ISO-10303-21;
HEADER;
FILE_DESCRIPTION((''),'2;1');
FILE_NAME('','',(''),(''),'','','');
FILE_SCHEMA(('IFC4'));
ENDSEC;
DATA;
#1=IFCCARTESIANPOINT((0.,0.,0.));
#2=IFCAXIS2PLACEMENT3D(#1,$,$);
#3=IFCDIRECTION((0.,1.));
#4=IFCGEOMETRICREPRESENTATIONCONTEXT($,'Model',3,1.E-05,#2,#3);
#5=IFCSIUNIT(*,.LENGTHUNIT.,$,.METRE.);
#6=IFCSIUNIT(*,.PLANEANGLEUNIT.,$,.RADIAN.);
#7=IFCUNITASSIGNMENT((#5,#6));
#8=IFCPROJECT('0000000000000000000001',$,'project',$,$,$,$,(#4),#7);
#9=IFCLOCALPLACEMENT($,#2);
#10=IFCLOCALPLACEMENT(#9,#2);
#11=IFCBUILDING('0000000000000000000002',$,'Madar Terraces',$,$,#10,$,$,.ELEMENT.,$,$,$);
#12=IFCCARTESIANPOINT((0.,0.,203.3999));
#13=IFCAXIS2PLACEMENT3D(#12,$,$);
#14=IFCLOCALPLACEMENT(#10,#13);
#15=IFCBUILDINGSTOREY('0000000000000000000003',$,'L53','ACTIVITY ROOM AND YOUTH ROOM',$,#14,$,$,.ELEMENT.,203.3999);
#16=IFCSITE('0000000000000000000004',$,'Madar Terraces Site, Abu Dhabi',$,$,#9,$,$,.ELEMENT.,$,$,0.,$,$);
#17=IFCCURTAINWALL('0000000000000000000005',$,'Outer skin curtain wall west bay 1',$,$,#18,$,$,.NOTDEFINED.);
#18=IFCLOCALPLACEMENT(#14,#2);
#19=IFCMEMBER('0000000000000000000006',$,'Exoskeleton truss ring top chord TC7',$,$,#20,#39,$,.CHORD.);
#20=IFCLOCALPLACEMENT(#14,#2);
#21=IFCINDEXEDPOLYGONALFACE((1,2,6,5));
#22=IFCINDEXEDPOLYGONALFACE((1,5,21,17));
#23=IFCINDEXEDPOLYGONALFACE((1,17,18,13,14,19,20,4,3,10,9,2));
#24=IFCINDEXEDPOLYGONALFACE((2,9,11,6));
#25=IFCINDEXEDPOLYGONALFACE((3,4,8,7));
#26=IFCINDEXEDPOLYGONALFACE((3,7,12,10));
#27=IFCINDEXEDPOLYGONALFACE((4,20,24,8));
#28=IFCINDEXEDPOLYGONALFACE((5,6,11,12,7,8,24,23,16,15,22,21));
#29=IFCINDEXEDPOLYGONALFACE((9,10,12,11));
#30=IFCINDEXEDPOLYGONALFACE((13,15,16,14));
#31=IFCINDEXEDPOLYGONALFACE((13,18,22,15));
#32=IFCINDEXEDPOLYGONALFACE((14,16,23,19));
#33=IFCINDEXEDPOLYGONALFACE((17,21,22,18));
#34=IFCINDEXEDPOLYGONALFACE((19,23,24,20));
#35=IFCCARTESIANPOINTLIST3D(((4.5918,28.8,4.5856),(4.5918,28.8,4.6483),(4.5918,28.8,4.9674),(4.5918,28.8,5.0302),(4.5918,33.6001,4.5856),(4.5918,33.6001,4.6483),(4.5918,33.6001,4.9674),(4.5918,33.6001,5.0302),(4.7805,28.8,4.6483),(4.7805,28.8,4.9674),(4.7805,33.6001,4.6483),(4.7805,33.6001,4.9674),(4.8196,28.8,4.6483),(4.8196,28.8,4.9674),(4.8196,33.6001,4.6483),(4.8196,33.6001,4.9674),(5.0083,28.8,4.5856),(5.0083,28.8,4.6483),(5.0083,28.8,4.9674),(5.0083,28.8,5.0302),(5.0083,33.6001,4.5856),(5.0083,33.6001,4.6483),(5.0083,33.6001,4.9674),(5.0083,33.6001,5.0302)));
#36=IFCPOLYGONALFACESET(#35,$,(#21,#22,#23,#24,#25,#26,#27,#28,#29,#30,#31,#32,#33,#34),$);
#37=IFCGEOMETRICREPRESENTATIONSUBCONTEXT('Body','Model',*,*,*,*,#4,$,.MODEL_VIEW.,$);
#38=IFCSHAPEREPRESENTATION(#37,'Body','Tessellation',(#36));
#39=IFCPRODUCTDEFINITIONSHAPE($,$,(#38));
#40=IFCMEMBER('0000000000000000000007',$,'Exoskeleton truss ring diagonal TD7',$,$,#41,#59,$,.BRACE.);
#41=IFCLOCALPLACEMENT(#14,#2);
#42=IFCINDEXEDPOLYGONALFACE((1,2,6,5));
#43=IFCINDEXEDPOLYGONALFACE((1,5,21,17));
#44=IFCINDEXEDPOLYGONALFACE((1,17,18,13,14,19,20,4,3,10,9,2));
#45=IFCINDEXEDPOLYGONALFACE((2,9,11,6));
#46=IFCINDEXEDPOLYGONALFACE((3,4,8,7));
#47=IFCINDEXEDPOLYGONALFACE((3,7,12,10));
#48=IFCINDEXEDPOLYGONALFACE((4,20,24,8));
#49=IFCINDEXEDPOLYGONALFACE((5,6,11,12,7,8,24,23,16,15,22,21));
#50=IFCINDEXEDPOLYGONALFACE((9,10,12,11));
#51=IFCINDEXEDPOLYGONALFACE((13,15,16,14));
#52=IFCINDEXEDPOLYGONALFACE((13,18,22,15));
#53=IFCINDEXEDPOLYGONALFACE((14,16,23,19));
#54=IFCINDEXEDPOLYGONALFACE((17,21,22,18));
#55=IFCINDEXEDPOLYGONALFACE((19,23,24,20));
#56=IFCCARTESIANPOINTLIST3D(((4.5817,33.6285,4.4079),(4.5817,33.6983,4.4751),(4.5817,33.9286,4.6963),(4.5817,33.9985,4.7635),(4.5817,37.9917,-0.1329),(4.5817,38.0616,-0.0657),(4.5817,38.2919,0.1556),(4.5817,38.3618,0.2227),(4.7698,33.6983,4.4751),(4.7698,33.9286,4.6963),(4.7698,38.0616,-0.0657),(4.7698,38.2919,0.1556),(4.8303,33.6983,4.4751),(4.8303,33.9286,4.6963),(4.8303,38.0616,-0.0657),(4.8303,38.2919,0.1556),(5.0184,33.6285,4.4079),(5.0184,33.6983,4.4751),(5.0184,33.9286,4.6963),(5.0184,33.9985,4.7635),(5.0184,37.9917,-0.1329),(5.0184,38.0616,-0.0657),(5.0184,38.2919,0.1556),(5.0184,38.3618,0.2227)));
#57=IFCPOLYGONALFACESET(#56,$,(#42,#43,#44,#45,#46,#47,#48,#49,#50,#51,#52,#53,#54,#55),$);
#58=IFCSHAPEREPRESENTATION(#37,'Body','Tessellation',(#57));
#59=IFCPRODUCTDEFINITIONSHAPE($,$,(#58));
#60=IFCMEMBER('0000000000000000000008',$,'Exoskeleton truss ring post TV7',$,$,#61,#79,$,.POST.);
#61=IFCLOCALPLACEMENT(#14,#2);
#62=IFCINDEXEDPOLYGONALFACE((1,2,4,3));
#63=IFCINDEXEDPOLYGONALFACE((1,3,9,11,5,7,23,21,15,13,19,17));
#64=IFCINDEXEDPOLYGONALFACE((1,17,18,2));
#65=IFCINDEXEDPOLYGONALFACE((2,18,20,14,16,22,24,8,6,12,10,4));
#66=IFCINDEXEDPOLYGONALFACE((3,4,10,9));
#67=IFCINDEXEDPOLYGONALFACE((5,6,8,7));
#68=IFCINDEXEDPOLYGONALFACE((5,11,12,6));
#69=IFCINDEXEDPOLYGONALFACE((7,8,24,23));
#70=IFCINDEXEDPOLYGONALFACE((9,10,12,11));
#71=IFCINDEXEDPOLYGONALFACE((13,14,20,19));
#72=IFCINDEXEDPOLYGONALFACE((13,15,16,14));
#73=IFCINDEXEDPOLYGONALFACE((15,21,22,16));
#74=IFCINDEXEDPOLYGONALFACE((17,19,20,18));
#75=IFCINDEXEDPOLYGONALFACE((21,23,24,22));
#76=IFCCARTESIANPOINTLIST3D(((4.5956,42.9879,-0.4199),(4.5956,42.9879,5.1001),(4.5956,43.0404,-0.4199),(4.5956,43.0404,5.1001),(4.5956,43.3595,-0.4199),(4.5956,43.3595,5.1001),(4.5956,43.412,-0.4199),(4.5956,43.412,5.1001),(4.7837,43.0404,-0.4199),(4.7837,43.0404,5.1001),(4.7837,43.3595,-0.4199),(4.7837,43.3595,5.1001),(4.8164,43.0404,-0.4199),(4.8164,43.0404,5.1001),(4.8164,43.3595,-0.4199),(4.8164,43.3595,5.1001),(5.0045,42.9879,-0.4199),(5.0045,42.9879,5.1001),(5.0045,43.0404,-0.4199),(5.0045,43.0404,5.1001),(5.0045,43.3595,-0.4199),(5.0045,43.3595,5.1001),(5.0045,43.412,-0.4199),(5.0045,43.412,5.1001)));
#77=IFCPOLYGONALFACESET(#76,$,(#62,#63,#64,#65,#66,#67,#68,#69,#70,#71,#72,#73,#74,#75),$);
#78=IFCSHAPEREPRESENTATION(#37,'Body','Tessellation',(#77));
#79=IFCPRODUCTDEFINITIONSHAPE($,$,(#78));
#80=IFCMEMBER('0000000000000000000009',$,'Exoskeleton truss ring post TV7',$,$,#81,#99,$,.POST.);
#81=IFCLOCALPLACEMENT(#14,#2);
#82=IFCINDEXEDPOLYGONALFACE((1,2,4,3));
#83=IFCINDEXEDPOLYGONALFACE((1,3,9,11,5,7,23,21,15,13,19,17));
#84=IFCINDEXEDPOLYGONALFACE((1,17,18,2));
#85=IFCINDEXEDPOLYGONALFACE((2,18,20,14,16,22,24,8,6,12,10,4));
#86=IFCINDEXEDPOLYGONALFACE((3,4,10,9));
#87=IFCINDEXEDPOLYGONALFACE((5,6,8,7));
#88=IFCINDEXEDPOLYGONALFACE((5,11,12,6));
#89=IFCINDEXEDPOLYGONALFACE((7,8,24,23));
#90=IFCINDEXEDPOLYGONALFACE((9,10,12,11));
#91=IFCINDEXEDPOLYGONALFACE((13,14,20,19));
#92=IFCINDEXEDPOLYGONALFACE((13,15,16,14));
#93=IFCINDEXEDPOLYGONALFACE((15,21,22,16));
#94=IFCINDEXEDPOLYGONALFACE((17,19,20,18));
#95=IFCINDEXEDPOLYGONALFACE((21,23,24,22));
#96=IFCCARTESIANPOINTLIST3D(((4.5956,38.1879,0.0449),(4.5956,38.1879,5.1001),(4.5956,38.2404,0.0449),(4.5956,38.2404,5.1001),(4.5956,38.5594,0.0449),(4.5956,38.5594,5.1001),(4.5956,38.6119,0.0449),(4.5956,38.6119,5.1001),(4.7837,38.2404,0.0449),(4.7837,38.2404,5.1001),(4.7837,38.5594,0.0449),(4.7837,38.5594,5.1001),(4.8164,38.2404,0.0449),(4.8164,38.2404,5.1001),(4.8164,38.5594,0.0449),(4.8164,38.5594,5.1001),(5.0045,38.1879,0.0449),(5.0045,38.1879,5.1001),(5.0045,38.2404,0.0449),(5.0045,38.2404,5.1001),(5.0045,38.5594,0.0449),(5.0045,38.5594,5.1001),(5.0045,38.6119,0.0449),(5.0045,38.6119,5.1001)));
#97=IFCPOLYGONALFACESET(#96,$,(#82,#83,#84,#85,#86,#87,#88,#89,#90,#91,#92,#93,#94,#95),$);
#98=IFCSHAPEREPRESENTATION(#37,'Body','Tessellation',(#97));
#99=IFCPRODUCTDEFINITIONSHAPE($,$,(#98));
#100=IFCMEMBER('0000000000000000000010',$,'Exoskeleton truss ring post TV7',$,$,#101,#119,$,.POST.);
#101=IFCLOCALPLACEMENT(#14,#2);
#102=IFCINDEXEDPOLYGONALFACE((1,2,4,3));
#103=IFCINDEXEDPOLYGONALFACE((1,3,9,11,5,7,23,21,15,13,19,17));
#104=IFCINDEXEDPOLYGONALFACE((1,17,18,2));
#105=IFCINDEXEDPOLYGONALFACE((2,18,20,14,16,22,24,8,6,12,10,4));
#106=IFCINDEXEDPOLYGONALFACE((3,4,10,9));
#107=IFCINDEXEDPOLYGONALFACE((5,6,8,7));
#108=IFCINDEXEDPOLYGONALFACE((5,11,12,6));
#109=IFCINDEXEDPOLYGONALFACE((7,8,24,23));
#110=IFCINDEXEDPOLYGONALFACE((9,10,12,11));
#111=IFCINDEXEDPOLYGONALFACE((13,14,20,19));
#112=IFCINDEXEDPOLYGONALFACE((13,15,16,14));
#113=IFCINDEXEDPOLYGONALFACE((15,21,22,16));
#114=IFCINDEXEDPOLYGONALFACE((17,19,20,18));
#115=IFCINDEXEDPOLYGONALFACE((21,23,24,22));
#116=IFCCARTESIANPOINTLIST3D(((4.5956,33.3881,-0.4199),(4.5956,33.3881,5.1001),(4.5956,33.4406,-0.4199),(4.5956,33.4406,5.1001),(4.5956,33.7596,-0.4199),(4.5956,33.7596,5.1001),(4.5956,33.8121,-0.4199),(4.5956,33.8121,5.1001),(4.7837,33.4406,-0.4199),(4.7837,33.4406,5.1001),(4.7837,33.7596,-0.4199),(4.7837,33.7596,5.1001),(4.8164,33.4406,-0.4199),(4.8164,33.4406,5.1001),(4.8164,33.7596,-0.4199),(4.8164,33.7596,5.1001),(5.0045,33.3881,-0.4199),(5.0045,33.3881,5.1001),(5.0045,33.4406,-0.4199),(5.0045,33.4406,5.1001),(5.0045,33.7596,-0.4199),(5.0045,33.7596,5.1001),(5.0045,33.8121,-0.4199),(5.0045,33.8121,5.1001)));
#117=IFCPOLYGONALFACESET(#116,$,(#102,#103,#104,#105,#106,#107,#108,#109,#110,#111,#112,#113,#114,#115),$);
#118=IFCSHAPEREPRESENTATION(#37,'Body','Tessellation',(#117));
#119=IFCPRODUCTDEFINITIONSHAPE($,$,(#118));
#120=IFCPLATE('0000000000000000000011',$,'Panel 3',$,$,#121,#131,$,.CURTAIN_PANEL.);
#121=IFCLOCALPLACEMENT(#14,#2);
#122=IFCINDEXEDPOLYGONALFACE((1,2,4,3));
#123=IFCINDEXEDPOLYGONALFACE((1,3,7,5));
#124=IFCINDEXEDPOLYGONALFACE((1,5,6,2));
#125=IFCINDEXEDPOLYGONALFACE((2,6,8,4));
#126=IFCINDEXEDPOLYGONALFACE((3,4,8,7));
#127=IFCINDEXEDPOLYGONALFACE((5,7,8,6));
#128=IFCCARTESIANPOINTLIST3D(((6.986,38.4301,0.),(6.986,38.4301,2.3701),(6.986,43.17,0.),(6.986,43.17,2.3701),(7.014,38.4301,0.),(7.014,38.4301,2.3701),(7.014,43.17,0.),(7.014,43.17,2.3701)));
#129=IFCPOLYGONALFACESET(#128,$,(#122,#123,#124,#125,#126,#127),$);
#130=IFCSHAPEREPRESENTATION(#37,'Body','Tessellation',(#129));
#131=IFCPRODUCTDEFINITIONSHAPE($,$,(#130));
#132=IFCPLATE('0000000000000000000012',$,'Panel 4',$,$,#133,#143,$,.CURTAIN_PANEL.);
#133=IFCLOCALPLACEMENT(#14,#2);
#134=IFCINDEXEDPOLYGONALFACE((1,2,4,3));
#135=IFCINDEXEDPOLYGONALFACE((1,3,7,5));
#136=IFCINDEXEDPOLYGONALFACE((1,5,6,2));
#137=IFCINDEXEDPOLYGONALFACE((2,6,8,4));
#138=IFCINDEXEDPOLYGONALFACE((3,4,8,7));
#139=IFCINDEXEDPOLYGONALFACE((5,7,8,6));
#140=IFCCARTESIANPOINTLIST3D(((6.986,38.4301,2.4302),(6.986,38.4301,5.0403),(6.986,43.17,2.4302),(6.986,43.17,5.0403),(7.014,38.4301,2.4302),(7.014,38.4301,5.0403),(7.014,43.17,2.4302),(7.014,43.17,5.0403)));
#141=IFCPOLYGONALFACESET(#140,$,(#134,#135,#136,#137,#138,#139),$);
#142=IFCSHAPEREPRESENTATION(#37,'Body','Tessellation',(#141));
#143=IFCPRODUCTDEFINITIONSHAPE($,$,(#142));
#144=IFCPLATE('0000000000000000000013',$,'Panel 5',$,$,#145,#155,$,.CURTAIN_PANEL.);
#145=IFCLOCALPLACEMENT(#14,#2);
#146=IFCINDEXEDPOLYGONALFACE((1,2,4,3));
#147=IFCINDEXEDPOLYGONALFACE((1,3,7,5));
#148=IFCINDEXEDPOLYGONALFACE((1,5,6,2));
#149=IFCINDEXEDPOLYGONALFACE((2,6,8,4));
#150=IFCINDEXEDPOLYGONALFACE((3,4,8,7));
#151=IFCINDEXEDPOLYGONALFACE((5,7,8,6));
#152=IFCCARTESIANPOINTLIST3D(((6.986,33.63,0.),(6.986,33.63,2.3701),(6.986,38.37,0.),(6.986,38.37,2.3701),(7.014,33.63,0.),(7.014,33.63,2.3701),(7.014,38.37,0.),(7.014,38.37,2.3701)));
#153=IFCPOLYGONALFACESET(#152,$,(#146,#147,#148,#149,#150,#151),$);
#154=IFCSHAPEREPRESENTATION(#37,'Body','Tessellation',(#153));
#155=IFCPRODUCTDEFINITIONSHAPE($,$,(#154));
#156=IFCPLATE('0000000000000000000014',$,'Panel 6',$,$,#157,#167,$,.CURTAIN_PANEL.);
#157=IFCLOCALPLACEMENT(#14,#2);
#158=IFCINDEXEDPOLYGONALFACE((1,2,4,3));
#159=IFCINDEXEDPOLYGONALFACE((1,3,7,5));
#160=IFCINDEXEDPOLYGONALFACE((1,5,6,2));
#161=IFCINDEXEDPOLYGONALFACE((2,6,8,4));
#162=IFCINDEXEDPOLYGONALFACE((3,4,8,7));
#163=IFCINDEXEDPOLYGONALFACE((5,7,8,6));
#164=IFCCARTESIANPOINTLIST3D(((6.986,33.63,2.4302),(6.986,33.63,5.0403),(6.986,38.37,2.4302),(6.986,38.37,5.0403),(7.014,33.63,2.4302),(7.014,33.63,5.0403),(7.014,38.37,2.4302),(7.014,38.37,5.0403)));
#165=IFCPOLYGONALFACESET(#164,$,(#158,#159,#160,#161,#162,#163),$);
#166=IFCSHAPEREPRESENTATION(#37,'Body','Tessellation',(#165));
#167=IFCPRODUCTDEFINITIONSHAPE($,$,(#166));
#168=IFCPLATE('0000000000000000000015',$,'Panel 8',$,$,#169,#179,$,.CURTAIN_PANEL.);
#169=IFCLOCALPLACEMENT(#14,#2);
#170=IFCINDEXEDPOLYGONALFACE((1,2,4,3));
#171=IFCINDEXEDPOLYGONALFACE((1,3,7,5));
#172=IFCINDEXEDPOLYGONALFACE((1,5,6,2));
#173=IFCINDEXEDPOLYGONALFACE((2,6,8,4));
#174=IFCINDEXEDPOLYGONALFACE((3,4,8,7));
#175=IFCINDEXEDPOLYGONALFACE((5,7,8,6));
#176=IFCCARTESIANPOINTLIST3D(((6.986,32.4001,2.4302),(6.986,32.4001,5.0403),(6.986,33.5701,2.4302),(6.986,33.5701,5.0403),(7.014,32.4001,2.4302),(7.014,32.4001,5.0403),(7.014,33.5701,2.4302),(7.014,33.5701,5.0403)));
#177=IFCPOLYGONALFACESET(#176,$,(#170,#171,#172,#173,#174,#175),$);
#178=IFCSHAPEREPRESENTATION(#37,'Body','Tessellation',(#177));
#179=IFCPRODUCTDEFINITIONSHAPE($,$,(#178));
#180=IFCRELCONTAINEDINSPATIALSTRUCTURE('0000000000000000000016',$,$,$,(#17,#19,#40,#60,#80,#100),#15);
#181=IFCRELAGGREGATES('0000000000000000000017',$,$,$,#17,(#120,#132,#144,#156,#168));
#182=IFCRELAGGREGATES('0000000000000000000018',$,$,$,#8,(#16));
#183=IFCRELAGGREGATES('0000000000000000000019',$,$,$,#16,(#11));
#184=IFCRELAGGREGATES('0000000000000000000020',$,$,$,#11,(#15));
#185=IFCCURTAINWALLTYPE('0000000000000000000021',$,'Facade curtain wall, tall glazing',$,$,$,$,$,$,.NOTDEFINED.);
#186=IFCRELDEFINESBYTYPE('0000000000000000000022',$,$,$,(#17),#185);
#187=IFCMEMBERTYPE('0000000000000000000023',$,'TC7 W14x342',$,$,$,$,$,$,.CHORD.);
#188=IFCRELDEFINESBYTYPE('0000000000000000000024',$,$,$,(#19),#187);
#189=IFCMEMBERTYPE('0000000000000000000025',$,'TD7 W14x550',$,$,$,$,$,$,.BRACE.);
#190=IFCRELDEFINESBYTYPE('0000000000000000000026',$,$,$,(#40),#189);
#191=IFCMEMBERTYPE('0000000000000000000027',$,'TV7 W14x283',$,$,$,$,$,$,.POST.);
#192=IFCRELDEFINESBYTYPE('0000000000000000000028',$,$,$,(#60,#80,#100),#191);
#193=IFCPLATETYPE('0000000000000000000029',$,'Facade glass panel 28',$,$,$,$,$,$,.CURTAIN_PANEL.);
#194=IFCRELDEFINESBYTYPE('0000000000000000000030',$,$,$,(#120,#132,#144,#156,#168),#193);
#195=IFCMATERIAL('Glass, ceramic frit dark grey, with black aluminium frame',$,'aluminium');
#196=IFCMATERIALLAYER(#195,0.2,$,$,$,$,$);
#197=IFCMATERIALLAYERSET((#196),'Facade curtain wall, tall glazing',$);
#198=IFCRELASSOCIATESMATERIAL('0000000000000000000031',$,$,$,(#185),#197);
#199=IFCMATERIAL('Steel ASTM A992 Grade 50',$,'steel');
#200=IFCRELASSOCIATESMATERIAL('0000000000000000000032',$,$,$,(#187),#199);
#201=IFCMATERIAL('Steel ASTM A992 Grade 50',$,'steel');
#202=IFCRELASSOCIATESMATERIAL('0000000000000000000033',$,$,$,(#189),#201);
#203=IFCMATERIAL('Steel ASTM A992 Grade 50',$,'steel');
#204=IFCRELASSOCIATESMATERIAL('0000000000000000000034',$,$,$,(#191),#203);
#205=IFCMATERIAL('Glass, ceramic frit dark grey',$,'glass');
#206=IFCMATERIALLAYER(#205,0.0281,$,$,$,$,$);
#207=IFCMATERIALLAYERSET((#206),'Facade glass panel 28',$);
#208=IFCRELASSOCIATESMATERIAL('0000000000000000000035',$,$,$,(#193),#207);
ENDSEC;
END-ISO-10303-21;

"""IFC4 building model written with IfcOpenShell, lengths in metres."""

from ifc_helpers import new_model, si_unit, direction, frame, origin, origin_2d, place, context, subcontext, project, spatial, rectangle, i_section, extrude, material, layer, layer_set, material_profile, profile_set, type_object, element, aggregate, save


model = new_model("IFC4")

# Units and contexts
model_context = context("Model", 3, precision=1e-05, world=origin(), true_north=direction((0.0, 1.0)))
body_context = subcontext(model_context, "Body", "Model", "MODEL_VIEW")
ifc_project = project(units=[si_unit("LENGTHUNIT", "METRE"), si_unit("PLANEANGLEUNIT", "RADIAN")], contexts=[model_context])

# Site, building, storey
site_placement = place(None, origin())
site = spatial("IfcSite", under=ifc_project, at=site_placement, Name="Madar Terraces Site, Abu Dhabi", CompositionType="ELEMENT", RefElevation=0.0)
building_placement = place(site_placement, origin())
building = spatial("IfcBuilding", under=site, at=building_placement, Name="Madar Terraces", CompositionType="ELEMENT")
storey_placement = place(building_placement, frame((0.0, 0.0, 203.3999)))
storey = spatial("IfcBuildingStorey", under=building, at=storey_placement, Name="L53", Description="ACTIVITY ROOM AND YOUTH ROOM", CompositionType="ELEMENT", Elevation=203.3999)

# Curtain wall
ifc_material_1 = material(Name="Glass, ceramic frit dark grey, with black aluminium frame", Category="aluminium")
ifc_layer_1 = layer(ifc_material_1, 0.2)
ifc_layer_set_1 = layer_set([ifc_layer_1], Name="Facade curtain wall, tall glazing")
curtain_wall_type = type_object("IfcCurtainWallType", Name="Facade curtain wall, tall glazing", PredefinedType="NOTDEFINED", material=ifc_layer_set_1)
curtain_wall_placement = place(storey_placement, origin())
curtain_wall = element("IfcCurtainWall", 1, at=curtain_wall_placement, inside=storey, type_object=curtain_wall_type, Name="Outer skin curtain wall west bay 1", PredefinedType="NOTDEFINED")

# Members
ifc_material_2 = material(Name="Steel ASTM A992 Grade 50", Category="steel")
ifc_material_profile_1 = material_profile(ifc_material_2, i_section(OverallWidth=0.4165, OverallDepth=0.4446, WebThickness=0.0391, FlangeThickness=0.0627, at=origin_2d()), Name="W14x342")
ifc_profile_set_1 = profile_set([ifc_material_profile_1], Name="Steel ASTM A992 Grade 50")
member_type_1 = type_object("IfcMemberType", Name="TC7 W14x342", PredefinedType="CHORD", material=ifc_profile_set_1)
member_1_placement = place(storey_placement, frame((4.8, 33.6001, 4.8079), z_axis=(0.0, -1.0, 0.0), x_axis=(1.0, 0.0, 0.0)))
element("IfcMember", 2, at=member_1_placement, inside=storey, type_object=member_type_1, Name="Exoskeleton truss ring top chord TC7", PredefinedType="CHORD", context=body_context, shape_type="SweptSolid", body=[
    extrude(i_section(OverallWidth=0.4165, OverallDepth=0.4446, WebThickness=0.0391, FlangeThickness=0.0627, at=origin_2d()), origin(), (0.0, 0.0, 1.0), 4.8),
])
ifc_material_3 = material(Name="Steel ASTM A992 Grade 50", Category="steel")
ifc_material_profile_2 = material_profile(ifc_material_3, i_section(OverallWidth=0.4368, OverallDepth=0.5132, WebThickness=0.0605, FlangeThickness=0.0969, at=origin_2d()), Name="W14x550")
ifc_profile_set_2 = profile_set([ifc_material_profile_2], Name="Steel ASTM A992 Grade 50")
member_type_2 = type_object("IfcMemberType", Name="TD7 W14x550", PredefinedType="BRACE", material=ifc_profile_set_2)
member_2_placement = place(storey_placement, frame((4.8, 38.1768, 0.0449), z_axis=(0.0, -0.692874, 0.721059), x_axis=(1.0, 0.0, 0.0)))
element("IfcMember", 3, at=member_2_placement, inside=storey, type_object=member_type_2, Name="Exoskeleton truss ring diagonal TD7", PredefinedType="BRACE", context=body_context, shape_type="SweptSolid", body=[
    extrude(i_section(OverallWidth=0.4368, OverallDepth=0.5132, WebThickness=0.0605, FlangeThickness=0.0969, at=origin_2d()), origin(), (0.0, 0.0, 1.0), 6.2974),
])
ifc_material_4 = material(Name="Steel ASTM A992 Grade 50", Category="steel")
ifc_material_profile_3 = material_profile(ifc_material_4, i_section(OverallWidth=0.4089, OverallDepth=0.4241, WebThickness=0.0327, FlangeThickness=0.0525, at=origin_2d()), Name="W14x283")
ifc_profile_set_3 = profile_set([ifc_material_profile_3], Name="Steel ASTM A992 Grade 50")
member_type_3 = type_object("IfcMemberType", Name="TV7 W14x283", PredefinedType="POST", material=ifc_profile_set_3)
member_3_placement = place(storey_placement, frame((4.8, 43.2, -0.4199), z_axis=(0.0, 0.0, 1.0), x_axis=(1.0, 0.0, 0.0)))
element("IfcMember", 4, at=member_3_placement, inside=storey, type_object=member_type_3, Name="Exoskeleton truss ring post TV7", PredefinedType="POST", context=body_context, shape_type="SweptSolid", body=[
    extrude(i_section(OverallWidth=0.4089, OverallDepth=0.4241, WebThickness=0.0327, FlangeThickness=0.0525, at=origin_2d()), origin(), (0.0, 0.0, 1.0), 5.52),
])
member_4_placement = place(storey_placement, frame((4.8, 38.3999, 0.0449), z_axis=(0.0, 0.0, 1.0), x_axis=(1.0, 0.0, 0.0)))
element("IfcMember", 5, at=member_4_placement, inside=storey, type_object=member_type_3, Name="Exoskeleton truss ring post TV7", PredefinedType="POST", context=body_context, shape_type="SweptSolid", body=[
    extrude(i_section(OverallWidth=0.4089, OverallDepth=0.4241, WebThickness=0.0327, FlangeThickness=0.0525, at=origin_2d()), origin(), (0.0, 0.0, 1.0), 5.0552),
])
member_5_placement = place(storey_placement, frame((4.8, 33.6001, -0.4199), z_axis=(0.0, 0.0, 1.0), x_axis=(1.0, 0.0, 0.0)))
element("IfcMember", 6, at=member_5_placement, inside=storey, type_object=member_type_3, Name="Exoskeleton truss ring post TV7", PredefinedType="POST", context=body_context, shape_type="SweptSolid", body=[
    extrude(i_section(OverallWidth=0.4089, OverallDepth=0.4241, WebThickness=0.0327, FlangeThickness=0.0525, at=origin_2d()), origin(), (0.0, 0.0, 1.0), 5.52),
])

# Plates
ifc_material_5 = material(Name="Glass, ceramic frit dark grey", Category="glass")
ifc_layer_2 = layer(ifc_material_5, 0.0281)
ifc_layer_set_2 = layer_set([ifc_layer_2], Name="Facade glass panel 28")
plate_type = type_object("IfcPlateType", Name="Facade glass panel 28", PredefinedType="CURTAIN_PANEL", material=ifc_layer_set_2)
plate_1_placement = place(storey_placement, frame((7.0, 40.8, 0.0), z_axis=(0.0, 0.0, 1.0), x_axis=(0.0, -1.0, 0.0)))
plate_1 = element("IfcPlate", 7, at=plate_1_placement, type_object=plate_type, Name="Panel 3", PredefinedType="CURTAIN_PANEL", context=body_context, shape_type="SweptSolid", body=[
    extrude(rectangle(XDim=4.74, YDim=0.0281, at=origin_2d()), origin(), (0.0, 0.0, 1.0), 2.3701),
])
plate_2_placement = place(storey_placement, frame((7.0, 40.8, 2.4302), z_axis=(0.0, 0.0, 1.0), x_axis=(0.0, -1.0, 0.0)))
plate_2 = element("IfcPlate", 8, at=plate_2_placement, type_object=plate_type, Name="Panel 4", PredefinedType="CURTAIN_PANEL", context=body_context, shape_type="SweptSolid", body=[
    extrude(rectangle(XDim=4.74, YDim=0.0281, at=origin_2d()), origin(), (0.0, 0.0, 1.0), 2.6101),
])
plate_3_placement = place(storey_placement, frame((7.0, 36.0, 0.0), z_axis=(0.0, 0.0, 1.0), x_axis=(0.0, -1.0, 0.0)))
plate_3 = element("IfcPlate", 9, at=plate_3_placement, type_object=plate_type, Name="Panel 5", PredefinedType="CURTAIN_PANEL", context=body_context, shape_type="SweptSolid", body=[
    extrude(rectangle(XDim=4.74, YDim=0.0281, at=origin_2d()), origin(), (0.0, 0.0, 1.0), 2.3701),
])
plate_4_placement = place(storey_placement, frame((7.0, 36.0, 2.4302), z_axis=(0.0, 0.0, 1.0), x_axis=(0.0, -1.0, 0.0)))
plate_4 = element("IfcPlate", 10, at=plate_4_placement, type_object=plate_type, Name="Panel 6", PredefinedType="CURTAIN_PANEL", context=body_context, shape_type="SweptSolid", body=[
    extrude(rectangle(XDim=4.74, YDim=0.0281, at=origin_2d()), origin(), (0.0, 0.0, 1.0), 2.6101),
])
plate_5_placement = place(storey_placement, frame((7.0, 32.9851, 2.4302), z_axis=(0.0, 0.0, 1.0), x_axis=(0.0, -1.0, 0.0)))
plate_5 = element("IfcPlate", 11, at=plate_5_placement, type_object=plate_type, Name="Panel 8", PredefinedType="CURTAIN_PANEL", context=body_context, shape_type="SweptSolid", body=[
    extrude(rectangle(XDim=1.1699, YDim=0.0281, at=origin_2d()), origin(), (0.0, 0.0, 1.0), 2.6101),
])
aggregate(curtain_wall, [plate_1, plate_2, plate_3, plate_4, plate_5])

save(model, "model.ifc")
